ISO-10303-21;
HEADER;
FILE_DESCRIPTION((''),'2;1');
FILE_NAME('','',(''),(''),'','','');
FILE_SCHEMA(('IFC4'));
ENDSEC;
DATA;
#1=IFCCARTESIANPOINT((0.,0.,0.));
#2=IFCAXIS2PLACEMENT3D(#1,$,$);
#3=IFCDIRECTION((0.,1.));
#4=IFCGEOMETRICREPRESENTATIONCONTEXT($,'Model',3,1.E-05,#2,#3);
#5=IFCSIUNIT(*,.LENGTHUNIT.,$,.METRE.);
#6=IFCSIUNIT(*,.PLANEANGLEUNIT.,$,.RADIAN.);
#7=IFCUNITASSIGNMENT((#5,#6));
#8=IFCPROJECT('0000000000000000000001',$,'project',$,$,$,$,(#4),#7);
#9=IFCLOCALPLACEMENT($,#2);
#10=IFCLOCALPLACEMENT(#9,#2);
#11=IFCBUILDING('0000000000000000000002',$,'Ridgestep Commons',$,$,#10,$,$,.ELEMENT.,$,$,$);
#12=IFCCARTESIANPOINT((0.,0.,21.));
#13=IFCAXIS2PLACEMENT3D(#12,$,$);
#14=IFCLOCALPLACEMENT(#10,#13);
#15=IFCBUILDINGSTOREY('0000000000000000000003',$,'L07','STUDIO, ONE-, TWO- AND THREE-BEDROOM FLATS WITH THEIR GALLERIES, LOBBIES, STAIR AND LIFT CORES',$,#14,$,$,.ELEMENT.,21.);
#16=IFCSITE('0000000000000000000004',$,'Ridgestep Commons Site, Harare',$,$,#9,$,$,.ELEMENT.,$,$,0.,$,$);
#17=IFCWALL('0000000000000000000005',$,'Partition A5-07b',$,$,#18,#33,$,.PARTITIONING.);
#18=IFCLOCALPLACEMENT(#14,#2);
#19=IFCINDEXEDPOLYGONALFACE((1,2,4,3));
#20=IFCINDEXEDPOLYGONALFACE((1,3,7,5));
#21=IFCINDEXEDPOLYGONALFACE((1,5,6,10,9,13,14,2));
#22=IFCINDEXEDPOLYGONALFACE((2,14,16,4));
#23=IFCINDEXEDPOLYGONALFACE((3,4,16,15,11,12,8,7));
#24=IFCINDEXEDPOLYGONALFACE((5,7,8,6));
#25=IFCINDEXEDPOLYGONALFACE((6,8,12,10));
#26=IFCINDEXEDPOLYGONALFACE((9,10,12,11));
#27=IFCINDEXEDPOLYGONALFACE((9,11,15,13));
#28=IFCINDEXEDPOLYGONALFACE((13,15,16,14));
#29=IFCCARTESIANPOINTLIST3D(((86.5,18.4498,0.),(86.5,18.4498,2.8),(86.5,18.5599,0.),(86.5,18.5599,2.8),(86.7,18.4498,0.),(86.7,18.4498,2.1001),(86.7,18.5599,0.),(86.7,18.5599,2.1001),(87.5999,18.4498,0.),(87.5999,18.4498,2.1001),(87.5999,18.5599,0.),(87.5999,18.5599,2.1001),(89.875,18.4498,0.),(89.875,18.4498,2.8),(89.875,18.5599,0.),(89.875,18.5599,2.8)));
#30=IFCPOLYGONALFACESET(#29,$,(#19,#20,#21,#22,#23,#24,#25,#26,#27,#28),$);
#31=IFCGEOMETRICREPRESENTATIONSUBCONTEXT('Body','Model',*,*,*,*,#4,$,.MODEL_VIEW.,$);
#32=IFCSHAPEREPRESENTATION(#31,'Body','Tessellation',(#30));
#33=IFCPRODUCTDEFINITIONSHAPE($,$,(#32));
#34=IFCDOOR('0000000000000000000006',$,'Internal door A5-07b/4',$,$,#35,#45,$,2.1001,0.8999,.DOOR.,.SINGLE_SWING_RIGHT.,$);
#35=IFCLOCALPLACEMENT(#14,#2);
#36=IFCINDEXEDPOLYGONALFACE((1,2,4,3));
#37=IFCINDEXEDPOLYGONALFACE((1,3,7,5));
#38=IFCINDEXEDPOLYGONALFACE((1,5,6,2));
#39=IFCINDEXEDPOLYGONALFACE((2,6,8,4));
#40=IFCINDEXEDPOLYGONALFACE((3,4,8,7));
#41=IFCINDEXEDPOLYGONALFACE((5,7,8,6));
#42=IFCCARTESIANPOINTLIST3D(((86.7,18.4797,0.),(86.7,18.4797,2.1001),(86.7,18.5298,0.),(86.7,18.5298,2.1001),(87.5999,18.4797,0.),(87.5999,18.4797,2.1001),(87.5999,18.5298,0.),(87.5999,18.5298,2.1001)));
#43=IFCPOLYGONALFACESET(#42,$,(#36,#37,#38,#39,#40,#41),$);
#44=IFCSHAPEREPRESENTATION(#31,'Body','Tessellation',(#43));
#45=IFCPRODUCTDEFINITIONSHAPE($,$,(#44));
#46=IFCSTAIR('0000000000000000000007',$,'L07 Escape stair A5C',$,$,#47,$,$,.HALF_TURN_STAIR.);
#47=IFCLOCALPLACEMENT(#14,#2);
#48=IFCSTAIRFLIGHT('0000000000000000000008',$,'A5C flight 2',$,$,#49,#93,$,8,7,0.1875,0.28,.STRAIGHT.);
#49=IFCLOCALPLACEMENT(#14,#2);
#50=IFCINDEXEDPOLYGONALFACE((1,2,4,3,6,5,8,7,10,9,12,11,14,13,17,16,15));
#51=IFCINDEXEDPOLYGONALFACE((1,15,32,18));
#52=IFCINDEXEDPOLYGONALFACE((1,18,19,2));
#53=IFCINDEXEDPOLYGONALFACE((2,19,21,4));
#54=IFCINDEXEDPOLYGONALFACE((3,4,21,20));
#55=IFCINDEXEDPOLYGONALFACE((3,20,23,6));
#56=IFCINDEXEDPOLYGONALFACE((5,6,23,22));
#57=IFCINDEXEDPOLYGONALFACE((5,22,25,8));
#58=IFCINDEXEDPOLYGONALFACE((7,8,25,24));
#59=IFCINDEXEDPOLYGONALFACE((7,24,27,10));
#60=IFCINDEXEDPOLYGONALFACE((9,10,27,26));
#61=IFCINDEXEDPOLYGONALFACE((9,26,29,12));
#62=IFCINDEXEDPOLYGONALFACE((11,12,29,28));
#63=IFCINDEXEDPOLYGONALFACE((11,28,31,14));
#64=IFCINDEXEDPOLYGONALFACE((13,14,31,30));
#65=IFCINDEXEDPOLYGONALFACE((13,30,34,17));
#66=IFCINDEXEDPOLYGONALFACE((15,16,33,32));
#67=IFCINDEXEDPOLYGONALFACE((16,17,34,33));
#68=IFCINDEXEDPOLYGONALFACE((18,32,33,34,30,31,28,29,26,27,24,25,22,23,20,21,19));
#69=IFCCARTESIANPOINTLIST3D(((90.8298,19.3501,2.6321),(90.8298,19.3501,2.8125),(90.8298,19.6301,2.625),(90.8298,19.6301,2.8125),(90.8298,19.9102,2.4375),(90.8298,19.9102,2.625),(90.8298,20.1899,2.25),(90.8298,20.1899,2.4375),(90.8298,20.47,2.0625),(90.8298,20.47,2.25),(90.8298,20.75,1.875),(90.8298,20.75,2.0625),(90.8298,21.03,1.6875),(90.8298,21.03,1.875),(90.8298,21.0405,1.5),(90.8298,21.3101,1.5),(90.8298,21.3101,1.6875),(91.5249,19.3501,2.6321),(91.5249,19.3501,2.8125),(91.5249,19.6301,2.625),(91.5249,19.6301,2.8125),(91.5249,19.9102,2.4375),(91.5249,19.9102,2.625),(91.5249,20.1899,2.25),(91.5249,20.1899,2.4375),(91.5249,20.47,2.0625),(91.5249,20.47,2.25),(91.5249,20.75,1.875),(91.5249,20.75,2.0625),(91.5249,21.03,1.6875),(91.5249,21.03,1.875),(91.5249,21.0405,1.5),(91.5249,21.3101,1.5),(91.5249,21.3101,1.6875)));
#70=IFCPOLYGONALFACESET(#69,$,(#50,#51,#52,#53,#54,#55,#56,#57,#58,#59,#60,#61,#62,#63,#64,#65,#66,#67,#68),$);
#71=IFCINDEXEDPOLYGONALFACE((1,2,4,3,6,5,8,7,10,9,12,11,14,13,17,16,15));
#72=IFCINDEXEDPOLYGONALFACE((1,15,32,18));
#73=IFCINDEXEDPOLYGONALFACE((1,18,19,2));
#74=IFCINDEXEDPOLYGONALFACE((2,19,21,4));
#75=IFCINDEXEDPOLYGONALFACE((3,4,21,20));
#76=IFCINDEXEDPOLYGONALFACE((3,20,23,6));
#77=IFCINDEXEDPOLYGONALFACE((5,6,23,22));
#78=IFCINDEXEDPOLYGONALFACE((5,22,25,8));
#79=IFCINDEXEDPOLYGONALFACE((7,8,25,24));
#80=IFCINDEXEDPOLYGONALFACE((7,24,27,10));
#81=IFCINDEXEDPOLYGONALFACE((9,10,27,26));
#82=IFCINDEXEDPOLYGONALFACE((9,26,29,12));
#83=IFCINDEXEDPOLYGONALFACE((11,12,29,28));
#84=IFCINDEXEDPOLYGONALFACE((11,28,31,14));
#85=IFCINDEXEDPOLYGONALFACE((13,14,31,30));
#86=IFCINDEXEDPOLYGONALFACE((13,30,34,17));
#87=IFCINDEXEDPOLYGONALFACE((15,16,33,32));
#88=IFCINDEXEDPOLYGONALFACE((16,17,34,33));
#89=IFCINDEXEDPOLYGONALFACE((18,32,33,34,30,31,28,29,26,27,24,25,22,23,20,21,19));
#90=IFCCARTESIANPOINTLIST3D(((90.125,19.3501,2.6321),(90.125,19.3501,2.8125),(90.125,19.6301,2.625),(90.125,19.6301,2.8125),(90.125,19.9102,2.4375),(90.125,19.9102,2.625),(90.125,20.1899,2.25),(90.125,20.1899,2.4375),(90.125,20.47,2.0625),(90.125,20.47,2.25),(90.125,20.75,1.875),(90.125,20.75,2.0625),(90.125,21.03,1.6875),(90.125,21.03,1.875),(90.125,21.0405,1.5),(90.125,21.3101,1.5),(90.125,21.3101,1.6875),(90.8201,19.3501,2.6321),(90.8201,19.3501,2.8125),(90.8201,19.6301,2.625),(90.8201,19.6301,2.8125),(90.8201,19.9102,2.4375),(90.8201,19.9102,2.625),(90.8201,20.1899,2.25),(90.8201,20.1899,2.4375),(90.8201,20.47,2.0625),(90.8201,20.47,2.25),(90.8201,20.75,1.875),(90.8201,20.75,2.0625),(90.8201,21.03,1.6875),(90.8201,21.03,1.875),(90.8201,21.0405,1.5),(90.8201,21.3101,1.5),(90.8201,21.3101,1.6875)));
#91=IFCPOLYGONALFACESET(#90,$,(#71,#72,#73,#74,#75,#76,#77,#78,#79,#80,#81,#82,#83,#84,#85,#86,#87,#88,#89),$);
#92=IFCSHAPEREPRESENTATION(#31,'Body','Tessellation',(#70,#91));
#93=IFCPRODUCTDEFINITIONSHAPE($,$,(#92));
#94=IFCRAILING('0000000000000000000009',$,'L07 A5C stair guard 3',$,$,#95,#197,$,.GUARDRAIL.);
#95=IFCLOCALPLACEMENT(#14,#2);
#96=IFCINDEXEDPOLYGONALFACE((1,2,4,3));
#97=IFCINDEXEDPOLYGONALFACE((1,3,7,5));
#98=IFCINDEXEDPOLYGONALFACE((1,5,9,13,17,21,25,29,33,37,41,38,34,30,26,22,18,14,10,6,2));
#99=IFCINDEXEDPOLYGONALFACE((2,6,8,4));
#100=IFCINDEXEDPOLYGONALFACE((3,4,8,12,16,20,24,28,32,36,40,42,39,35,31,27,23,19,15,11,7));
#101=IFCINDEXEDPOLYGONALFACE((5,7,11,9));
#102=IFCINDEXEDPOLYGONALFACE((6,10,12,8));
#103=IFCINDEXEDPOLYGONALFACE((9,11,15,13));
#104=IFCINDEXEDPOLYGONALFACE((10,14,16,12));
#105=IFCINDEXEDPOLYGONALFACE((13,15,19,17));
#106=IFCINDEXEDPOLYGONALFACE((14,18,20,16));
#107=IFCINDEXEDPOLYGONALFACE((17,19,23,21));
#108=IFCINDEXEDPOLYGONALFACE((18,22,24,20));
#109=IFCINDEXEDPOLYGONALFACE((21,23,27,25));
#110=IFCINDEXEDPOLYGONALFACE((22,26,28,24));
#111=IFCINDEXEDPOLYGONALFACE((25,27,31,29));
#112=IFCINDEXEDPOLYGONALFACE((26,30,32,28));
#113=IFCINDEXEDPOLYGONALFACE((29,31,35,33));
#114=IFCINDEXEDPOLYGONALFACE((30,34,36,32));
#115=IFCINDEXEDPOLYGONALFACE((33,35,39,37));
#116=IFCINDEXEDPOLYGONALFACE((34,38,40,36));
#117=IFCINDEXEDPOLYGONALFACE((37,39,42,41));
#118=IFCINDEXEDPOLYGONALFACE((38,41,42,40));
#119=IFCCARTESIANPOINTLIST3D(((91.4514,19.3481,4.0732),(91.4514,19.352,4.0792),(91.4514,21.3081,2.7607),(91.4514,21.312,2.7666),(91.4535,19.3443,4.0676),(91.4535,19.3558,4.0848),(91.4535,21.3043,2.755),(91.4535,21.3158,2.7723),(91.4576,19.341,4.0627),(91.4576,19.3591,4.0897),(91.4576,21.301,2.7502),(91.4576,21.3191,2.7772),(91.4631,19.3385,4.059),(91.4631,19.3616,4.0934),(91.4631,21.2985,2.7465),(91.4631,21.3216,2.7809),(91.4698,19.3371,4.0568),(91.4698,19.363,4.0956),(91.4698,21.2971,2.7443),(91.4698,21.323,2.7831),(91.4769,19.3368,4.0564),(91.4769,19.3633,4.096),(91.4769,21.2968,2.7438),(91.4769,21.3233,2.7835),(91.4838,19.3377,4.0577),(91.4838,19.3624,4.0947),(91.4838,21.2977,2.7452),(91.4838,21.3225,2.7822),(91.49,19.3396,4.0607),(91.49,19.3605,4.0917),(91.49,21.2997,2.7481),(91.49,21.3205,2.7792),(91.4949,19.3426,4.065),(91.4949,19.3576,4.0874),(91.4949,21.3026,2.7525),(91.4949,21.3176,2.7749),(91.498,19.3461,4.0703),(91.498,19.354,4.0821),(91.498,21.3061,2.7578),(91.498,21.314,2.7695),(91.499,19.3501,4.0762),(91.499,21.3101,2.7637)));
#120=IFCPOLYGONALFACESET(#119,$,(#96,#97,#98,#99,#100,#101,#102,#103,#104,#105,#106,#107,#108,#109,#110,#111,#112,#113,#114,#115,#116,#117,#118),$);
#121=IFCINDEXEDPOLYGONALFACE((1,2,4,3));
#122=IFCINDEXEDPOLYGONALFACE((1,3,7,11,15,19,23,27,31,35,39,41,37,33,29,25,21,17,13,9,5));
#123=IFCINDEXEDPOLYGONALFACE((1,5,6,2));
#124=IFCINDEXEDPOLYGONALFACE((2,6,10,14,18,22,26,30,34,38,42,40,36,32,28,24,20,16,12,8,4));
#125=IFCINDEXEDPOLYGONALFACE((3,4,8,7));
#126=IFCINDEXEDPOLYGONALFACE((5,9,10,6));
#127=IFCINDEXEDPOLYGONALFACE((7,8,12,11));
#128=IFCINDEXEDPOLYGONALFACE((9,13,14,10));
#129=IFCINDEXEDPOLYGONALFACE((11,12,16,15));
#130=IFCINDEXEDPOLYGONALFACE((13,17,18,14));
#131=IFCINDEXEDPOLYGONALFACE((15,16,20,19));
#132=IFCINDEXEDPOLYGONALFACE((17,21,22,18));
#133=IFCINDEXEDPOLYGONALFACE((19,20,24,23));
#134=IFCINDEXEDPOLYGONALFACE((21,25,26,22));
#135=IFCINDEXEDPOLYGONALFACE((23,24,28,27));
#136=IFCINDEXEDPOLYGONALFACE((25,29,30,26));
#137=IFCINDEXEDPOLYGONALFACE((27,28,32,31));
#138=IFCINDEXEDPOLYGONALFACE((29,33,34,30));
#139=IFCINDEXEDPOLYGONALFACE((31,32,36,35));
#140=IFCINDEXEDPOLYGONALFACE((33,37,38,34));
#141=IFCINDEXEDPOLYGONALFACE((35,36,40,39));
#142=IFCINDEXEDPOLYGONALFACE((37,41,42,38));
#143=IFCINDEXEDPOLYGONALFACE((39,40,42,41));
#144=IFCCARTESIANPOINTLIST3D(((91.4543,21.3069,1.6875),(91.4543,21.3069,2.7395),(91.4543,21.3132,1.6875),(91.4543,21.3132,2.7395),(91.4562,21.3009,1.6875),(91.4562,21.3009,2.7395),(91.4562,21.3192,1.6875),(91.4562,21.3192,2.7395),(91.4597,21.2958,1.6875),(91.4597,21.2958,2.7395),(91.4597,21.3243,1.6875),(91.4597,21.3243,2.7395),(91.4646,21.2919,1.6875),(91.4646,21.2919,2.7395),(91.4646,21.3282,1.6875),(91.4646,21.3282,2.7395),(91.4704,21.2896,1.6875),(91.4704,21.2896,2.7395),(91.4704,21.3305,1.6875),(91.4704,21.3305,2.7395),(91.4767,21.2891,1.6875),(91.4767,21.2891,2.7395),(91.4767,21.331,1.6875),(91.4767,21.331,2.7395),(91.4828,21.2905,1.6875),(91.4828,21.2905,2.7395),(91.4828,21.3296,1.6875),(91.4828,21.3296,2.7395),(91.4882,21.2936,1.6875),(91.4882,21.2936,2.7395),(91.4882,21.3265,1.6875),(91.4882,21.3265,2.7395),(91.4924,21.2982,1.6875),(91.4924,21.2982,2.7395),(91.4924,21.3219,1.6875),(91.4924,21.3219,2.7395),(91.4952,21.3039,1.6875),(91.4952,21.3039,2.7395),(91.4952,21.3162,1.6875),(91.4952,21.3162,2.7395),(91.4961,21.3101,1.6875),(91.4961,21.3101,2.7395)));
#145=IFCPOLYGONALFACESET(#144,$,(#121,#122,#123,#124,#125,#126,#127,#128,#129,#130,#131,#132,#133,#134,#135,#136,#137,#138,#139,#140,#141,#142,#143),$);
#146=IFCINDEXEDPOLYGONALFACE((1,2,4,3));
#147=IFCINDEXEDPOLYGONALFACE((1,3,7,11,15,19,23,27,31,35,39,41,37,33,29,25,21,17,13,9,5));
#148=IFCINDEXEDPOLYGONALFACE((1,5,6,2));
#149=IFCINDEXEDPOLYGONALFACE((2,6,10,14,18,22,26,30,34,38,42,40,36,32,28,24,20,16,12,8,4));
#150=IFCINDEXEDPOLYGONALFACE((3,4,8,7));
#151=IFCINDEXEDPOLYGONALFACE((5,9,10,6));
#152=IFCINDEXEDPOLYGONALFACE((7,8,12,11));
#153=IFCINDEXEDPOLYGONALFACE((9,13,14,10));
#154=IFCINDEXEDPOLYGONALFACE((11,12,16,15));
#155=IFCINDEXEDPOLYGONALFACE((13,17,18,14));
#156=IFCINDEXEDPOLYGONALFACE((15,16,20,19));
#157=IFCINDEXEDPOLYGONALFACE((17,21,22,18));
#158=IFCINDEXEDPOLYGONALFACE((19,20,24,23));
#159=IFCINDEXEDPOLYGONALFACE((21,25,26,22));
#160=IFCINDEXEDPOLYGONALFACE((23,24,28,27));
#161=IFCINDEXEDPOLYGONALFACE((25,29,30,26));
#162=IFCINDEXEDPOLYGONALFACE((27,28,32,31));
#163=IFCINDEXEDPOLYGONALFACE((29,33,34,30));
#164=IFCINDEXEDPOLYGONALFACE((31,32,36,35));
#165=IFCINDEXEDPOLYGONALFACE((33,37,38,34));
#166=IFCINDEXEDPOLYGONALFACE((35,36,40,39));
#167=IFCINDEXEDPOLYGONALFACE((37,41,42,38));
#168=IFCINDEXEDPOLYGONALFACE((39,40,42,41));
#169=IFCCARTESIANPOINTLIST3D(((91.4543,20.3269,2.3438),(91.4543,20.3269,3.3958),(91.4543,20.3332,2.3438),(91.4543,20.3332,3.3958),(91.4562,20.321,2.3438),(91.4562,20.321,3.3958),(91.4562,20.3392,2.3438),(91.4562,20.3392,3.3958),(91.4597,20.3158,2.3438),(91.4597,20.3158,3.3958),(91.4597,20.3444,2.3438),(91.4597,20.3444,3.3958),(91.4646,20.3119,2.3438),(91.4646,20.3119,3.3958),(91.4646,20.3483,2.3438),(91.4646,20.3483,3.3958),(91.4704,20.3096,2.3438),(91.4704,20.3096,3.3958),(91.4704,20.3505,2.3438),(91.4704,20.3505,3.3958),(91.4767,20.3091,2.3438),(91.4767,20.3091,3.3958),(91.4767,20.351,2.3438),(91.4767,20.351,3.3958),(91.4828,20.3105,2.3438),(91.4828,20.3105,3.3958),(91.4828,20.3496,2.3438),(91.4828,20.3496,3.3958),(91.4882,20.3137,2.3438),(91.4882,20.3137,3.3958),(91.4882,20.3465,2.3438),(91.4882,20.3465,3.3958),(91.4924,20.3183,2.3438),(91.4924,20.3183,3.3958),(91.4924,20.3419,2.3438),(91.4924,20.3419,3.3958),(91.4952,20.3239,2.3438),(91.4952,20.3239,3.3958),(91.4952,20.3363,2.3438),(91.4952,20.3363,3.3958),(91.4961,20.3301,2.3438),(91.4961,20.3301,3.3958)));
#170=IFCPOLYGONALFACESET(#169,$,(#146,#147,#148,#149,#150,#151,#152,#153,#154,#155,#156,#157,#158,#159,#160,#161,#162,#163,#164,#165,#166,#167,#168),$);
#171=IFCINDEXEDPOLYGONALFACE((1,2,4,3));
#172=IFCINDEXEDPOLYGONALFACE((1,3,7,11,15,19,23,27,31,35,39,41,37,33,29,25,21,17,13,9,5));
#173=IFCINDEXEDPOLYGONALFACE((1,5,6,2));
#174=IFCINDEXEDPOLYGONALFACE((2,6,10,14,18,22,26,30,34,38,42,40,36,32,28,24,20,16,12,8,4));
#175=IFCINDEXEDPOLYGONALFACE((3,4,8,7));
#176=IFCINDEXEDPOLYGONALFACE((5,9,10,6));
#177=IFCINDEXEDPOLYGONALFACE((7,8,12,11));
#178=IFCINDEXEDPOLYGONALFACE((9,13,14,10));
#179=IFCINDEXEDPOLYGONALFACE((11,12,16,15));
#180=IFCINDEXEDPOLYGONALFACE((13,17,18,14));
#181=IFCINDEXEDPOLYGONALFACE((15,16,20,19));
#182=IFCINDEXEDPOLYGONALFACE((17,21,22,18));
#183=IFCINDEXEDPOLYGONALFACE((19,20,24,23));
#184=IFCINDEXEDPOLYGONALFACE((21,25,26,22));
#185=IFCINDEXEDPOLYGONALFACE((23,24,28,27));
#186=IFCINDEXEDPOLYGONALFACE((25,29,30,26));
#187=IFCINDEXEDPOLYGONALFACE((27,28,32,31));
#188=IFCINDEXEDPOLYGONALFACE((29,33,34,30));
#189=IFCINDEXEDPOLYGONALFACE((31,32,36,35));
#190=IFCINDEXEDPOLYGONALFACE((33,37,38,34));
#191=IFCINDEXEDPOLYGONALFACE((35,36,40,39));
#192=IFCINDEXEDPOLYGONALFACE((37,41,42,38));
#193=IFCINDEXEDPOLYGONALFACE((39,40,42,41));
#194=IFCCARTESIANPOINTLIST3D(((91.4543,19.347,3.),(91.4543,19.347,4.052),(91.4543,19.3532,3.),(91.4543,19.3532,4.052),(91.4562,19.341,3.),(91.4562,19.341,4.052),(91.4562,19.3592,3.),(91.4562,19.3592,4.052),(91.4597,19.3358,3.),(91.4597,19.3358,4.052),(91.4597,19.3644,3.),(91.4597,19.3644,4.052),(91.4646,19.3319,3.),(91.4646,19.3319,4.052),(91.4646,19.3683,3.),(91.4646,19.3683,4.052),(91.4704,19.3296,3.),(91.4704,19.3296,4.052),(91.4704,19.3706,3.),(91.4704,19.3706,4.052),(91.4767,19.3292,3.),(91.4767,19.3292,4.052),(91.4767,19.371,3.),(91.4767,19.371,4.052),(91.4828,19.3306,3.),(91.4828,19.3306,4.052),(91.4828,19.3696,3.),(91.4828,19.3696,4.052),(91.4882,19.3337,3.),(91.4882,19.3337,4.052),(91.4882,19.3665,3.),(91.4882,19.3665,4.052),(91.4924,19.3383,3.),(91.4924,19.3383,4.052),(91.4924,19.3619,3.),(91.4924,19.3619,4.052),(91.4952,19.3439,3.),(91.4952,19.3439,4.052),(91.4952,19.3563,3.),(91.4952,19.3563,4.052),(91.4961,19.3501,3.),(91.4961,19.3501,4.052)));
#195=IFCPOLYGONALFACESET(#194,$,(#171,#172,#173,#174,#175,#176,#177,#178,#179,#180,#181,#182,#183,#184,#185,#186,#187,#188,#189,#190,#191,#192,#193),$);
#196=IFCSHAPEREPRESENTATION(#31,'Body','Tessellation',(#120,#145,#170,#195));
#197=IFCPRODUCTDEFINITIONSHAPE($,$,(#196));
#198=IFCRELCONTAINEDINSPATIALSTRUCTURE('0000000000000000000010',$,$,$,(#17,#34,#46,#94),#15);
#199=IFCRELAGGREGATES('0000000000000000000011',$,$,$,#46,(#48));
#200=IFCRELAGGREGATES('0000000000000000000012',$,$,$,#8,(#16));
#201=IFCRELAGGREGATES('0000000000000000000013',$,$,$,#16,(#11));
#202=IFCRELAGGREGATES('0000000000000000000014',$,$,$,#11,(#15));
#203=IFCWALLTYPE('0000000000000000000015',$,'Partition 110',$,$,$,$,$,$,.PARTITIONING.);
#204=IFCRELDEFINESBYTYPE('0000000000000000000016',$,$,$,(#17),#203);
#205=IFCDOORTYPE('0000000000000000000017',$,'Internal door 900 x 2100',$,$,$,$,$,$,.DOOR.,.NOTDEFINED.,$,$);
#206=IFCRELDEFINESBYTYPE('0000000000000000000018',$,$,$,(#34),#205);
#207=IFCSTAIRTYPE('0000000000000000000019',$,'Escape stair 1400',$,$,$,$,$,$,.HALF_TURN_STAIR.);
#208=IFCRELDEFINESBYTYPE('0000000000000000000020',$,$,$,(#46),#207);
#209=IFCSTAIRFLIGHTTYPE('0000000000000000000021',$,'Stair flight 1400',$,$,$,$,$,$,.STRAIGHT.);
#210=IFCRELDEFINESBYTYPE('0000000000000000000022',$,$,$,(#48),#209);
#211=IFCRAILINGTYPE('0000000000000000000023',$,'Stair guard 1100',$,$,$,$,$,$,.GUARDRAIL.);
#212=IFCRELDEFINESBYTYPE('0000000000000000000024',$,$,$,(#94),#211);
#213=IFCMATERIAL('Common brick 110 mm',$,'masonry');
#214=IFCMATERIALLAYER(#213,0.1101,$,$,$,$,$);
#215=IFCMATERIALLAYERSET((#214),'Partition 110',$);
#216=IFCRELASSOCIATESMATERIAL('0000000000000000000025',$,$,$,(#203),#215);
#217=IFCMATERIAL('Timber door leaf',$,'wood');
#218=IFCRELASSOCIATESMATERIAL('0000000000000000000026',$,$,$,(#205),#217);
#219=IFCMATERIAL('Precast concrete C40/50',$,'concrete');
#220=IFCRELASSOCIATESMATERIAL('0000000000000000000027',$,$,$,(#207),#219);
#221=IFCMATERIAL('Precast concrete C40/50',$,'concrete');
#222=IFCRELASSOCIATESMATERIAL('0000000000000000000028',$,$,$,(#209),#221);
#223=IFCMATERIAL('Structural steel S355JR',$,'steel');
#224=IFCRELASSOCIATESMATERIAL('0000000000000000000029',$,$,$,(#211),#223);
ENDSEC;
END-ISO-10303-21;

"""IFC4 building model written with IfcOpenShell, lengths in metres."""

from ifc_helpers import new_model, si_unit, direction, frame, frame_2d, origin, origin_2d, place, context, subcontext, project, spatial, polyline, rectangle, circle, outline, extrude, material, layer, layer_set, type_object, element, fill, aggregate, save


model = new_model("IFC4")

# Units and contexts
model_context = context("Model", 3, precision=1e-05, world=origin(), true_north=direction((0.0, 1.0)))
body_context = subcontext(model_context, "Body", "Model", "MODEL_VIEW")
ifc_project = project(units=[si_unit("LENGTHUNIT", "METRE"), si_unit("PLANEANGLEUNIT", "RADIAN")], contexts=[model_context])

# Site, building, storey
site_placement = place(None, origin())
site = spatial("IfcSite", under=ifc_project, at=site_placement, Name="Ridgestep Commons Site, Harare", CompositionType="ELEMENT", RefElevation=0.0)
building_placement = place(site_placement, origin())
building = spatial("IfcBuilding", under=site, at=building_placement, Name="Ridgestep Commons", CompositionType="ELEMENT")
storey_placement = place(building_placement, frame((0.0, 0.0, 21.0)))
storey = spatial("IfcBuildingStorey", under=building, at=storey_placement, Name="L07", Description="STUDIO, ONE-, TWO- AND THREE-BEDROOM FLATS WITH THEIR GALLERIES, LOBBIES, STAIR AND LIFT CORES", CompositionType="ELEMENT", Elevation=21.0)

# Wall, opening, door
ifc_material_1 = material(Name="Common brick 110 mm", Category="masonry")
ifc_layer_1 = layer(ifc_material_1, 0.1101)
ifc_layer_set_1 = layer_set([ifc_layer_1], Name="Partition 110")
wall_type_1 = type_object("IfcWallType", Name="Partition 110", PredefinedType="PARTITIONING", material=ifc_layer_set_1)
wall_1_placement = place(storey_placement, frame((86.5, 18.5049, 0.0), z_axis=(0.0, 0.0, 1.0), x_axis=(1.0, 0.0, 0.0)))
wall_1 = element("IfcWall", 1, at=wall_1_placement, inside=storey, type_object=wall_type_1, Name="Partition A5-07b", PredefinedType="PARTITIONING", context=body_context, shape_type="SweptSolid", body=[
    extrude(rectangle(XDim=3.375, YDim=0.1101, at=frame_2d((1.6875, 0.0))), origin(), (0.0, 0.0, 1.0), 2.8),
])
opening_1_placement = place(wall_1_placement, frame((0.2, 0.0, 0.0)))
opening_1 = element("IfcOpeningElement", 2, at=opening_1_placement, cuts=wall_1, PredefinedType="OPENING", context=body_context, shape_type="SweptSolid", body=[
    extrude(rectangle(XDim=0.8999, YDim=2.1001, at=frame_2d((0.45, 1.05))), frame((0.0, 0.0649, 0.0), z_axis=(0.0, -1.0, 0.0), x_axis=(1.0, 0.0, 0.0)), (0.0, 0.0, 1.0), 0.1301),
])
ifc_material_2 = material(Name="Timber door leaf", Category="wood")
door_type_1 = type_object("IfcDoorType", Name="Internal door 900 x 2100", OperationType="NOTDEFINED", PredefinedType="DOOR", material=ifc_material_2)
door_1_placement = place(opening_1_placement, origin())
door_1 = element("IfcDoor", 3, at=door_1_placement, inside=storey, type_object=door_type_1, Name="Internal door A5-07b/4", OperationType="SINGLE_SWING_RIGHT", OverallHeight=2.1001, OverallWidth=0.8999, PredefinedType="DOOR", context=body_context, shape_type="SweptSolid", body=[
    extrude(rectangle(XDim=0.8999, YDim=2.1001, at=frame_2d((0.45, 1.05))), frame((0.0, 0.0249, 0.0), z_axis=(0.0, -1.0, 0.0), x_axis=(1.0, 0.0, 0.0)), (0.0, 0.0, 1.0), 0.05),
])
fill(opening_1, door_1)

# Stair, stair flight
ifc_material_3 = material(Name="Precast concrete C40/50", Category="concrete")
stair_type = type_object("IfcStairType", Name="Escape stair 1400", PredefinedType="HALF_TURN_STAIR", material=ifc_material_3)
stair_placement = place(storey_placement, origin())
stair = element("IfcStair", 4, at=stair_placement, inside=storey, type_object=stair_type, Name="L07 Escape stair A5C", PredefinedType="HALF_TURN_STAIR")
ifc_material_4 = material(Name="Precast concrete C40/50", Category="concrete")
stair_flight_type = type_object("IfcStairFlightType", Name="Stair flight 1400", PredefinedType="STRAIGHT", material=ifc_material_4)
stair_flight_placement = place(storey_placement, frame((90.825, 21.3101, 1.5), z_axis=(0.0, 0.0, 1.0), x_axis=(0.0, -1.0, 0.0)))
stair_flight = element("IfcStairFlight", 5, at=stair_flight_placement, type_object=stair_flight_type, Name="A5C flight 2", NumberOfRisers=8, NumberOfTreads=7, PredefinedType="STRAIGHT", RiserHeight=0.1875, TreadLength=0.28, context=body_context, shape_type="SweptSolid", body=[
    extrude(outline(polyline([(0.0, 0.0), (0.0, 0.1875), (0.28, 0.1875), (0.28, 0.375), (0.5601, 0.375), (0.5601, 0.5625), (0.8401, 0.5625), (0.8401, 0.75), (1.1201, 0.75), (1.1201, 0.9375), (1.3999, 0.9375), (1.3999, 1.125), (1.6799, 1.125), (1.6799, 1.3125), (1.96, 1.3125), (1.96, 1.5), (1.96, 1.1321), (0.2695, 0.0), (0.0, 0.0)])), frame((0.0, 0.7, 0.0), z_axis=(0.0, -1.0, 0.0), x_axis=(1.0, 0.0, 0.0)), (0.0, 0.0, 1.0), 0.6951),
    extrude(outline(polyline([(0.0, 0.0), (0.0, 0.1875), (0.28, 0.1875), (0.28, 0.375), (0.5601, 0.375), (0.5601, 0.5625), (0.8401, 0.5625), (0.8401, 0.75), (1.1201, 0.75), (1.1201, 0.9375), (1.3999, 0.9375), (1.3999, 1.125), (1.6799, 1.125), (1.6799, 1.3125), (1.96, 1.3125), (1.96, 1.5), (1.96, 1.1321), (0.2695, 0.0), (0.0, 0.0)])), frame((0.0, -0.0049, 0.0), z_axis=(0.0, -1.0, 0.0), x_axis=(1.0, 0.0, 0.0)), (0.0, 0.0, 1.0), 0.6951),
])
aggregate(stair, [stair_flight])

# Railing
ifc_material_5 = material(Name="Structural steel S355JR", Category="steel")
railing_type_1 = type_object("IfcRailingType", Name="Stair guard 1100", PredefinedType="GUARDRAIL", material=ifc_material_5)
railing_1_placement = place(storey_placement, frame((91.4751, 21.3101, 1.6875)))
element("IfcRailing", 6, at=railing_1_placement, inside=storey, type_object=railing_type_1, Name="L07 A5C stair guard 3", PredefinedType="GUARDRAIL", context=body_context, shape_type="SweptSolid", body=[
    extrude(circle(Radius=0.0239, at=origin_2d()), frame((0.0, 0.0, 1.0762), z_axis=(0.0, -0.830902, 0.556419), x_axis=(1.0, 0.0, 0.0)), (0.0, 0.0, 1.0), 2.3589),
    extrude(circle(Radius=0.021, at=origin_2d()), origin(), (0.0, 0.0, 1.0), 1.052),
    extrude(circle(Radius=0.021, at=origin_2d()), frame((0.0, -0.98, 0.6562)), (0.0, 0.0, 1.0), 1.052),
    extrude(circle(Radius=0.021, at=origin_2d()), frame((0.0, -1.96, 1.3125)), (0.0, 0.0, 1.0), 1.052),
])

save(model, "model.ifc")
